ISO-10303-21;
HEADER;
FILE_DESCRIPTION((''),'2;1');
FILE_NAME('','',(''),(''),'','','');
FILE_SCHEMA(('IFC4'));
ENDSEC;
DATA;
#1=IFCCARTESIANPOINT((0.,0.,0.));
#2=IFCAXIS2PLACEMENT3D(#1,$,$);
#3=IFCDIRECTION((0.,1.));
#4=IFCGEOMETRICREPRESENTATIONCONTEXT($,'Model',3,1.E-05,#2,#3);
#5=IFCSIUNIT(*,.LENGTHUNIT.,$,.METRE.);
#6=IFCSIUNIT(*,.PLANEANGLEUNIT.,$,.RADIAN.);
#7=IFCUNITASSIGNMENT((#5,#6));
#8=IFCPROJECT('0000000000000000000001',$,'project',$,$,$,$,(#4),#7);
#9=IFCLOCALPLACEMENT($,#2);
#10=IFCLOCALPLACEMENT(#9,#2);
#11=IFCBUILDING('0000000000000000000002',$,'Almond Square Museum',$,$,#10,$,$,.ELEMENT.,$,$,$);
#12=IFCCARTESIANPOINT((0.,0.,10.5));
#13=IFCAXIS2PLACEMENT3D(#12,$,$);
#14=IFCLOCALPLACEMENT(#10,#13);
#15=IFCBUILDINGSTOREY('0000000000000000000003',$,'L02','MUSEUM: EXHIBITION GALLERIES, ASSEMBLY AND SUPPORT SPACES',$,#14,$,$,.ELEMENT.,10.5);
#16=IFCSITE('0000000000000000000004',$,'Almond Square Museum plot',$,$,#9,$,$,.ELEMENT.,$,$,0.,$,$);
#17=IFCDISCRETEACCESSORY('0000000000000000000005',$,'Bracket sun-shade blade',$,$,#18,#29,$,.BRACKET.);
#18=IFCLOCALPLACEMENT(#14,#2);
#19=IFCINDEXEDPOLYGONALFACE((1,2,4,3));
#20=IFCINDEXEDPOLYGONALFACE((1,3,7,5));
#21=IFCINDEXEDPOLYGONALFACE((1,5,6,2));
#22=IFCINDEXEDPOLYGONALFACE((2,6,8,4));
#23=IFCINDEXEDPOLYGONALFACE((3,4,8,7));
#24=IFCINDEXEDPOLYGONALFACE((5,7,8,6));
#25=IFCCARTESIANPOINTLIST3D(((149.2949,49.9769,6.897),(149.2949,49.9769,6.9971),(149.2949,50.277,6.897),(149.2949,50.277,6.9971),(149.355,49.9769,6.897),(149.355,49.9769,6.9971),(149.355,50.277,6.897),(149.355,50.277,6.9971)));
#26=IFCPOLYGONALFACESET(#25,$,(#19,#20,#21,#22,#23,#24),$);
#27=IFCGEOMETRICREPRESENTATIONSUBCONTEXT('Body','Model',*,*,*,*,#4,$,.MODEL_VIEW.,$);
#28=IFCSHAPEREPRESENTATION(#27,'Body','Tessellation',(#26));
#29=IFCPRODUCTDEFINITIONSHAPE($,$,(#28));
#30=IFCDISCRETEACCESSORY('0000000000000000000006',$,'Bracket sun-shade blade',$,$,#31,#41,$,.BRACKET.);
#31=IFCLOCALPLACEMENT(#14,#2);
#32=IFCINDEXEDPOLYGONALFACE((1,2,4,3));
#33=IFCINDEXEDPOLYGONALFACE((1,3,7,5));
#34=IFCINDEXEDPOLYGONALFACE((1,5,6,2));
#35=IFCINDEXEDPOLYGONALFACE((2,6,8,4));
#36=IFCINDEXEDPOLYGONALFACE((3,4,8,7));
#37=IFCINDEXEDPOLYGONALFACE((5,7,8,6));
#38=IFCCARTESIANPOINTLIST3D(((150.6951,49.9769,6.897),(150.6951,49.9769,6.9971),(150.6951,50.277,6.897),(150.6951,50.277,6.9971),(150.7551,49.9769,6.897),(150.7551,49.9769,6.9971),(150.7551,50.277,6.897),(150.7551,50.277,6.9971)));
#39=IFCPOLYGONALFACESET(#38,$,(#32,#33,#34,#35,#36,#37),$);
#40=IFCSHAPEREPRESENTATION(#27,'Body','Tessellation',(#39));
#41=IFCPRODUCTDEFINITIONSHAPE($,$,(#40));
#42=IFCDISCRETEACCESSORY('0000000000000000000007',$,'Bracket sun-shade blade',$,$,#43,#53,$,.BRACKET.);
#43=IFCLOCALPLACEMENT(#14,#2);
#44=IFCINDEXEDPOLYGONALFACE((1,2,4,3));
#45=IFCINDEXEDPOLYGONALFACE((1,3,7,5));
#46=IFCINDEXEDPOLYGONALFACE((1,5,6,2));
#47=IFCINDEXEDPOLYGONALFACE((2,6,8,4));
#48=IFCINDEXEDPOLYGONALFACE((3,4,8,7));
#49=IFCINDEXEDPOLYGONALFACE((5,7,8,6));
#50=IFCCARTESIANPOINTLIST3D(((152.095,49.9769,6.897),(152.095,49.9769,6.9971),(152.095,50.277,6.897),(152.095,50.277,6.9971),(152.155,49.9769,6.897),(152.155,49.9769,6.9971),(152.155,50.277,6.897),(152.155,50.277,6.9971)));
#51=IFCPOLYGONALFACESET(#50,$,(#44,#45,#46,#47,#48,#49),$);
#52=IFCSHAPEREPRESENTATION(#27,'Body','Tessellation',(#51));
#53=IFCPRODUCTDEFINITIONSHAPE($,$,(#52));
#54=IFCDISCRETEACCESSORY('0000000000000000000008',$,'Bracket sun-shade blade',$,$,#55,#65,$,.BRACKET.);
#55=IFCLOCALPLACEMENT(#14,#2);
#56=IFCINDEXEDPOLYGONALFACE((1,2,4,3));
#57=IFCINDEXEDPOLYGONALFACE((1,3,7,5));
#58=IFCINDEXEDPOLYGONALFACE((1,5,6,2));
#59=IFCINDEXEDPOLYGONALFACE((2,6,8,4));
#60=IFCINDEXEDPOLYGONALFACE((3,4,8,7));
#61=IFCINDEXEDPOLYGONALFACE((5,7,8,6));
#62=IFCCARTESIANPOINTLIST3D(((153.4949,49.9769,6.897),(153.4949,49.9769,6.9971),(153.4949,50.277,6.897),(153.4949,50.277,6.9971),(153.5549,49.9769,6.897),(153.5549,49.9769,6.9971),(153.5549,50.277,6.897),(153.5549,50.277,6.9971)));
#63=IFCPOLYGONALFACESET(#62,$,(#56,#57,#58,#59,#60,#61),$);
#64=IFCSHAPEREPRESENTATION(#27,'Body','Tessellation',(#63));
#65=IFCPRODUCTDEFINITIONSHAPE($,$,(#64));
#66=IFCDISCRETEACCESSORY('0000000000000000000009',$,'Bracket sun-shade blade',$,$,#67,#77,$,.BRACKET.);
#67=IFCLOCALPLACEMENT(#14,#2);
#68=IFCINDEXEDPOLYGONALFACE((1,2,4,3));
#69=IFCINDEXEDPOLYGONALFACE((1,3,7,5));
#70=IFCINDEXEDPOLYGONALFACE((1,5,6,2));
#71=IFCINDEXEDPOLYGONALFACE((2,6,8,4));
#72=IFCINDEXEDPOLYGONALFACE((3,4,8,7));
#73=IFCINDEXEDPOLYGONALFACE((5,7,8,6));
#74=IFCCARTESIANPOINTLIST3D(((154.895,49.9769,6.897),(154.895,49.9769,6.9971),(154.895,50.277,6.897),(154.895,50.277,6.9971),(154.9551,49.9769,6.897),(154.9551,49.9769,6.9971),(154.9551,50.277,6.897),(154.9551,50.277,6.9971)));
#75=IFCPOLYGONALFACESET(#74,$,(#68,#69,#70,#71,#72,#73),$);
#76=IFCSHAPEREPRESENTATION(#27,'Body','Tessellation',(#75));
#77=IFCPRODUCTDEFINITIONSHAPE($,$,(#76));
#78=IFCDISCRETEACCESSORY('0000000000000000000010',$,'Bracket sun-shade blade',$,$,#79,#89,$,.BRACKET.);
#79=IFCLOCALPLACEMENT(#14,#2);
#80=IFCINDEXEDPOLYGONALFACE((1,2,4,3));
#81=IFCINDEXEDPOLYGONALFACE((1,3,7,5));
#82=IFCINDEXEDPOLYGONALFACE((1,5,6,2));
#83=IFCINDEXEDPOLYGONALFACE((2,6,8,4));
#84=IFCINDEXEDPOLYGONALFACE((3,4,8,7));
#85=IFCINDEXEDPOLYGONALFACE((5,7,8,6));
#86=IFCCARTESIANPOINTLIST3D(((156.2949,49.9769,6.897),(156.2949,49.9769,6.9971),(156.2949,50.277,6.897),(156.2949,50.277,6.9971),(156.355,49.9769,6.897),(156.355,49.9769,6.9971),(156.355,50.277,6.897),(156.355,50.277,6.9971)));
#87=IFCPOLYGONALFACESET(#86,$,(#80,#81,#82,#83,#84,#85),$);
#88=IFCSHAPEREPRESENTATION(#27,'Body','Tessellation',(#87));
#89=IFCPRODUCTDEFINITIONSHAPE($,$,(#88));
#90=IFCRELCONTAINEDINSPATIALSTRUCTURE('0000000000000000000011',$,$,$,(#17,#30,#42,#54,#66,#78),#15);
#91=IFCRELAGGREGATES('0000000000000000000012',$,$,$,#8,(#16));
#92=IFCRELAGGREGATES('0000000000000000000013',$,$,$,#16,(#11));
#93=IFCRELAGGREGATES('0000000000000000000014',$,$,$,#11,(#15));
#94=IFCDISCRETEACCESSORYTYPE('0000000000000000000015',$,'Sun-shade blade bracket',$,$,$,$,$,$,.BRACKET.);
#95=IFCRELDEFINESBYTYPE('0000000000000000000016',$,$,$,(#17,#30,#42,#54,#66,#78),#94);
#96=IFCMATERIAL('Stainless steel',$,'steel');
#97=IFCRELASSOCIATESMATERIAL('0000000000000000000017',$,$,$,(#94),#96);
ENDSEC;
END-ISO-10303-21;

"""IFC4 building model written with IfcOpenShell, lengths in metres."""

from ifc_helpers import new_model, si_unit, direction, frame, origin, origin_2d, place, context, subcontext, project, spatial, rectangle, extrude, material, type_object, element, save


model = new_model("IFC4")

# Units and contexts
model_context = context("Model", 3, precision=1e-05, world=origin(), true_north=direction((0.0, 1.0)))
body_context = subcontext(model_context, "Body", "Model", "MODEL_VIEW")
ifc_project = project(units=[si_unit("LENGTHUNIT", "METRE"), si_unit("PLANEANGLEUNIT", "RADIAN")], contexts=[model_context])

# Site, building, storey
site_placement = place(None, origin())
site = spatial("IfcSite", under=ifc_project, at=site_placement, Name="Almond Square Museum plot", CompositionType="ELEMENT", RefElevation=0.0)
building_placement = place(site_placement, origin())
building = spatial("IfcBuilding", under=site, at=building_placement, Name="Almond Square Museum", CompositionType="ELEMENT")
storey_placement = place(building_placement, frame((0.0, 0.0, 10.5)))
storey = spatial("IfcBuildingStorey", under=building, at=storey_placement, Name="L02", Description="MUSEUM: EXHIBITION GALLERIES, ASSEMBLY AND SUPPORT SPACES", CompositionType="ELEMENT", Elevation=10.5)

# Discrete accessories
ifc_material_1 = material(Name="Stainless steel", Category="steel")
discrete_accessory_type_1 = type_object("IfcDiscreteAccessoryType", Name="Sun-shade blade bracket", PredefinedType="BRACKET", material=ifc_material_1)
for number, where, z_axis, x_axis, name in (
    (1, (149.325, 50.127, 6.897), (0.0, 0.0, 1.0), (1.0, 0.0, 0.0), "Bracket sun-shade blade"),
    (2, (150.7251, 50.127, 6.897), (0.0, 0.0, 1.0), (1.0, 0.0, 0.0), "Bracket sun-shade blade"),
    (3, (152.125, 50.127, 6.897), (0.0, 0.0, 1.0), (1.0, 0.0, 0.0), "Bracket sun-shade blade"),
    (4, (153.5249, 50.127, 6.897), (0.0, 0.0, 1.0), (1.0, 0.0, 0.0), "Bracket sun-shade blade"),
    (5, (154.925, 50.127, 6.897), (0.0, 0.0, 1.0), (1.0, 0.0, 0.0), "Bracket sun-shade blade"),
    (6, (156.325, 50.127, 6.897), (0.0, 0.0, 1.0), (1.0, 0.0, 0.0), "Bracket sun-shade blade"),
):
    element("IfcDiscreteAccessory", number, at=place(storey_placement, frame(where, z_axis=z_axis, x_axis=x_axis)), inside=storey, type_object=discrete_accessory_type_1, Name=name, PredefinedType="BRACKET", context=body_context, shape_type="SweptSolid", body=[
        extrude(rectangle(XDim=0.0601, YDim=0.3, at=origin_2d()), origin(), (0.0, 0.0, 1.0), 0.1001),
    ])

save(model, "model.ifc")
